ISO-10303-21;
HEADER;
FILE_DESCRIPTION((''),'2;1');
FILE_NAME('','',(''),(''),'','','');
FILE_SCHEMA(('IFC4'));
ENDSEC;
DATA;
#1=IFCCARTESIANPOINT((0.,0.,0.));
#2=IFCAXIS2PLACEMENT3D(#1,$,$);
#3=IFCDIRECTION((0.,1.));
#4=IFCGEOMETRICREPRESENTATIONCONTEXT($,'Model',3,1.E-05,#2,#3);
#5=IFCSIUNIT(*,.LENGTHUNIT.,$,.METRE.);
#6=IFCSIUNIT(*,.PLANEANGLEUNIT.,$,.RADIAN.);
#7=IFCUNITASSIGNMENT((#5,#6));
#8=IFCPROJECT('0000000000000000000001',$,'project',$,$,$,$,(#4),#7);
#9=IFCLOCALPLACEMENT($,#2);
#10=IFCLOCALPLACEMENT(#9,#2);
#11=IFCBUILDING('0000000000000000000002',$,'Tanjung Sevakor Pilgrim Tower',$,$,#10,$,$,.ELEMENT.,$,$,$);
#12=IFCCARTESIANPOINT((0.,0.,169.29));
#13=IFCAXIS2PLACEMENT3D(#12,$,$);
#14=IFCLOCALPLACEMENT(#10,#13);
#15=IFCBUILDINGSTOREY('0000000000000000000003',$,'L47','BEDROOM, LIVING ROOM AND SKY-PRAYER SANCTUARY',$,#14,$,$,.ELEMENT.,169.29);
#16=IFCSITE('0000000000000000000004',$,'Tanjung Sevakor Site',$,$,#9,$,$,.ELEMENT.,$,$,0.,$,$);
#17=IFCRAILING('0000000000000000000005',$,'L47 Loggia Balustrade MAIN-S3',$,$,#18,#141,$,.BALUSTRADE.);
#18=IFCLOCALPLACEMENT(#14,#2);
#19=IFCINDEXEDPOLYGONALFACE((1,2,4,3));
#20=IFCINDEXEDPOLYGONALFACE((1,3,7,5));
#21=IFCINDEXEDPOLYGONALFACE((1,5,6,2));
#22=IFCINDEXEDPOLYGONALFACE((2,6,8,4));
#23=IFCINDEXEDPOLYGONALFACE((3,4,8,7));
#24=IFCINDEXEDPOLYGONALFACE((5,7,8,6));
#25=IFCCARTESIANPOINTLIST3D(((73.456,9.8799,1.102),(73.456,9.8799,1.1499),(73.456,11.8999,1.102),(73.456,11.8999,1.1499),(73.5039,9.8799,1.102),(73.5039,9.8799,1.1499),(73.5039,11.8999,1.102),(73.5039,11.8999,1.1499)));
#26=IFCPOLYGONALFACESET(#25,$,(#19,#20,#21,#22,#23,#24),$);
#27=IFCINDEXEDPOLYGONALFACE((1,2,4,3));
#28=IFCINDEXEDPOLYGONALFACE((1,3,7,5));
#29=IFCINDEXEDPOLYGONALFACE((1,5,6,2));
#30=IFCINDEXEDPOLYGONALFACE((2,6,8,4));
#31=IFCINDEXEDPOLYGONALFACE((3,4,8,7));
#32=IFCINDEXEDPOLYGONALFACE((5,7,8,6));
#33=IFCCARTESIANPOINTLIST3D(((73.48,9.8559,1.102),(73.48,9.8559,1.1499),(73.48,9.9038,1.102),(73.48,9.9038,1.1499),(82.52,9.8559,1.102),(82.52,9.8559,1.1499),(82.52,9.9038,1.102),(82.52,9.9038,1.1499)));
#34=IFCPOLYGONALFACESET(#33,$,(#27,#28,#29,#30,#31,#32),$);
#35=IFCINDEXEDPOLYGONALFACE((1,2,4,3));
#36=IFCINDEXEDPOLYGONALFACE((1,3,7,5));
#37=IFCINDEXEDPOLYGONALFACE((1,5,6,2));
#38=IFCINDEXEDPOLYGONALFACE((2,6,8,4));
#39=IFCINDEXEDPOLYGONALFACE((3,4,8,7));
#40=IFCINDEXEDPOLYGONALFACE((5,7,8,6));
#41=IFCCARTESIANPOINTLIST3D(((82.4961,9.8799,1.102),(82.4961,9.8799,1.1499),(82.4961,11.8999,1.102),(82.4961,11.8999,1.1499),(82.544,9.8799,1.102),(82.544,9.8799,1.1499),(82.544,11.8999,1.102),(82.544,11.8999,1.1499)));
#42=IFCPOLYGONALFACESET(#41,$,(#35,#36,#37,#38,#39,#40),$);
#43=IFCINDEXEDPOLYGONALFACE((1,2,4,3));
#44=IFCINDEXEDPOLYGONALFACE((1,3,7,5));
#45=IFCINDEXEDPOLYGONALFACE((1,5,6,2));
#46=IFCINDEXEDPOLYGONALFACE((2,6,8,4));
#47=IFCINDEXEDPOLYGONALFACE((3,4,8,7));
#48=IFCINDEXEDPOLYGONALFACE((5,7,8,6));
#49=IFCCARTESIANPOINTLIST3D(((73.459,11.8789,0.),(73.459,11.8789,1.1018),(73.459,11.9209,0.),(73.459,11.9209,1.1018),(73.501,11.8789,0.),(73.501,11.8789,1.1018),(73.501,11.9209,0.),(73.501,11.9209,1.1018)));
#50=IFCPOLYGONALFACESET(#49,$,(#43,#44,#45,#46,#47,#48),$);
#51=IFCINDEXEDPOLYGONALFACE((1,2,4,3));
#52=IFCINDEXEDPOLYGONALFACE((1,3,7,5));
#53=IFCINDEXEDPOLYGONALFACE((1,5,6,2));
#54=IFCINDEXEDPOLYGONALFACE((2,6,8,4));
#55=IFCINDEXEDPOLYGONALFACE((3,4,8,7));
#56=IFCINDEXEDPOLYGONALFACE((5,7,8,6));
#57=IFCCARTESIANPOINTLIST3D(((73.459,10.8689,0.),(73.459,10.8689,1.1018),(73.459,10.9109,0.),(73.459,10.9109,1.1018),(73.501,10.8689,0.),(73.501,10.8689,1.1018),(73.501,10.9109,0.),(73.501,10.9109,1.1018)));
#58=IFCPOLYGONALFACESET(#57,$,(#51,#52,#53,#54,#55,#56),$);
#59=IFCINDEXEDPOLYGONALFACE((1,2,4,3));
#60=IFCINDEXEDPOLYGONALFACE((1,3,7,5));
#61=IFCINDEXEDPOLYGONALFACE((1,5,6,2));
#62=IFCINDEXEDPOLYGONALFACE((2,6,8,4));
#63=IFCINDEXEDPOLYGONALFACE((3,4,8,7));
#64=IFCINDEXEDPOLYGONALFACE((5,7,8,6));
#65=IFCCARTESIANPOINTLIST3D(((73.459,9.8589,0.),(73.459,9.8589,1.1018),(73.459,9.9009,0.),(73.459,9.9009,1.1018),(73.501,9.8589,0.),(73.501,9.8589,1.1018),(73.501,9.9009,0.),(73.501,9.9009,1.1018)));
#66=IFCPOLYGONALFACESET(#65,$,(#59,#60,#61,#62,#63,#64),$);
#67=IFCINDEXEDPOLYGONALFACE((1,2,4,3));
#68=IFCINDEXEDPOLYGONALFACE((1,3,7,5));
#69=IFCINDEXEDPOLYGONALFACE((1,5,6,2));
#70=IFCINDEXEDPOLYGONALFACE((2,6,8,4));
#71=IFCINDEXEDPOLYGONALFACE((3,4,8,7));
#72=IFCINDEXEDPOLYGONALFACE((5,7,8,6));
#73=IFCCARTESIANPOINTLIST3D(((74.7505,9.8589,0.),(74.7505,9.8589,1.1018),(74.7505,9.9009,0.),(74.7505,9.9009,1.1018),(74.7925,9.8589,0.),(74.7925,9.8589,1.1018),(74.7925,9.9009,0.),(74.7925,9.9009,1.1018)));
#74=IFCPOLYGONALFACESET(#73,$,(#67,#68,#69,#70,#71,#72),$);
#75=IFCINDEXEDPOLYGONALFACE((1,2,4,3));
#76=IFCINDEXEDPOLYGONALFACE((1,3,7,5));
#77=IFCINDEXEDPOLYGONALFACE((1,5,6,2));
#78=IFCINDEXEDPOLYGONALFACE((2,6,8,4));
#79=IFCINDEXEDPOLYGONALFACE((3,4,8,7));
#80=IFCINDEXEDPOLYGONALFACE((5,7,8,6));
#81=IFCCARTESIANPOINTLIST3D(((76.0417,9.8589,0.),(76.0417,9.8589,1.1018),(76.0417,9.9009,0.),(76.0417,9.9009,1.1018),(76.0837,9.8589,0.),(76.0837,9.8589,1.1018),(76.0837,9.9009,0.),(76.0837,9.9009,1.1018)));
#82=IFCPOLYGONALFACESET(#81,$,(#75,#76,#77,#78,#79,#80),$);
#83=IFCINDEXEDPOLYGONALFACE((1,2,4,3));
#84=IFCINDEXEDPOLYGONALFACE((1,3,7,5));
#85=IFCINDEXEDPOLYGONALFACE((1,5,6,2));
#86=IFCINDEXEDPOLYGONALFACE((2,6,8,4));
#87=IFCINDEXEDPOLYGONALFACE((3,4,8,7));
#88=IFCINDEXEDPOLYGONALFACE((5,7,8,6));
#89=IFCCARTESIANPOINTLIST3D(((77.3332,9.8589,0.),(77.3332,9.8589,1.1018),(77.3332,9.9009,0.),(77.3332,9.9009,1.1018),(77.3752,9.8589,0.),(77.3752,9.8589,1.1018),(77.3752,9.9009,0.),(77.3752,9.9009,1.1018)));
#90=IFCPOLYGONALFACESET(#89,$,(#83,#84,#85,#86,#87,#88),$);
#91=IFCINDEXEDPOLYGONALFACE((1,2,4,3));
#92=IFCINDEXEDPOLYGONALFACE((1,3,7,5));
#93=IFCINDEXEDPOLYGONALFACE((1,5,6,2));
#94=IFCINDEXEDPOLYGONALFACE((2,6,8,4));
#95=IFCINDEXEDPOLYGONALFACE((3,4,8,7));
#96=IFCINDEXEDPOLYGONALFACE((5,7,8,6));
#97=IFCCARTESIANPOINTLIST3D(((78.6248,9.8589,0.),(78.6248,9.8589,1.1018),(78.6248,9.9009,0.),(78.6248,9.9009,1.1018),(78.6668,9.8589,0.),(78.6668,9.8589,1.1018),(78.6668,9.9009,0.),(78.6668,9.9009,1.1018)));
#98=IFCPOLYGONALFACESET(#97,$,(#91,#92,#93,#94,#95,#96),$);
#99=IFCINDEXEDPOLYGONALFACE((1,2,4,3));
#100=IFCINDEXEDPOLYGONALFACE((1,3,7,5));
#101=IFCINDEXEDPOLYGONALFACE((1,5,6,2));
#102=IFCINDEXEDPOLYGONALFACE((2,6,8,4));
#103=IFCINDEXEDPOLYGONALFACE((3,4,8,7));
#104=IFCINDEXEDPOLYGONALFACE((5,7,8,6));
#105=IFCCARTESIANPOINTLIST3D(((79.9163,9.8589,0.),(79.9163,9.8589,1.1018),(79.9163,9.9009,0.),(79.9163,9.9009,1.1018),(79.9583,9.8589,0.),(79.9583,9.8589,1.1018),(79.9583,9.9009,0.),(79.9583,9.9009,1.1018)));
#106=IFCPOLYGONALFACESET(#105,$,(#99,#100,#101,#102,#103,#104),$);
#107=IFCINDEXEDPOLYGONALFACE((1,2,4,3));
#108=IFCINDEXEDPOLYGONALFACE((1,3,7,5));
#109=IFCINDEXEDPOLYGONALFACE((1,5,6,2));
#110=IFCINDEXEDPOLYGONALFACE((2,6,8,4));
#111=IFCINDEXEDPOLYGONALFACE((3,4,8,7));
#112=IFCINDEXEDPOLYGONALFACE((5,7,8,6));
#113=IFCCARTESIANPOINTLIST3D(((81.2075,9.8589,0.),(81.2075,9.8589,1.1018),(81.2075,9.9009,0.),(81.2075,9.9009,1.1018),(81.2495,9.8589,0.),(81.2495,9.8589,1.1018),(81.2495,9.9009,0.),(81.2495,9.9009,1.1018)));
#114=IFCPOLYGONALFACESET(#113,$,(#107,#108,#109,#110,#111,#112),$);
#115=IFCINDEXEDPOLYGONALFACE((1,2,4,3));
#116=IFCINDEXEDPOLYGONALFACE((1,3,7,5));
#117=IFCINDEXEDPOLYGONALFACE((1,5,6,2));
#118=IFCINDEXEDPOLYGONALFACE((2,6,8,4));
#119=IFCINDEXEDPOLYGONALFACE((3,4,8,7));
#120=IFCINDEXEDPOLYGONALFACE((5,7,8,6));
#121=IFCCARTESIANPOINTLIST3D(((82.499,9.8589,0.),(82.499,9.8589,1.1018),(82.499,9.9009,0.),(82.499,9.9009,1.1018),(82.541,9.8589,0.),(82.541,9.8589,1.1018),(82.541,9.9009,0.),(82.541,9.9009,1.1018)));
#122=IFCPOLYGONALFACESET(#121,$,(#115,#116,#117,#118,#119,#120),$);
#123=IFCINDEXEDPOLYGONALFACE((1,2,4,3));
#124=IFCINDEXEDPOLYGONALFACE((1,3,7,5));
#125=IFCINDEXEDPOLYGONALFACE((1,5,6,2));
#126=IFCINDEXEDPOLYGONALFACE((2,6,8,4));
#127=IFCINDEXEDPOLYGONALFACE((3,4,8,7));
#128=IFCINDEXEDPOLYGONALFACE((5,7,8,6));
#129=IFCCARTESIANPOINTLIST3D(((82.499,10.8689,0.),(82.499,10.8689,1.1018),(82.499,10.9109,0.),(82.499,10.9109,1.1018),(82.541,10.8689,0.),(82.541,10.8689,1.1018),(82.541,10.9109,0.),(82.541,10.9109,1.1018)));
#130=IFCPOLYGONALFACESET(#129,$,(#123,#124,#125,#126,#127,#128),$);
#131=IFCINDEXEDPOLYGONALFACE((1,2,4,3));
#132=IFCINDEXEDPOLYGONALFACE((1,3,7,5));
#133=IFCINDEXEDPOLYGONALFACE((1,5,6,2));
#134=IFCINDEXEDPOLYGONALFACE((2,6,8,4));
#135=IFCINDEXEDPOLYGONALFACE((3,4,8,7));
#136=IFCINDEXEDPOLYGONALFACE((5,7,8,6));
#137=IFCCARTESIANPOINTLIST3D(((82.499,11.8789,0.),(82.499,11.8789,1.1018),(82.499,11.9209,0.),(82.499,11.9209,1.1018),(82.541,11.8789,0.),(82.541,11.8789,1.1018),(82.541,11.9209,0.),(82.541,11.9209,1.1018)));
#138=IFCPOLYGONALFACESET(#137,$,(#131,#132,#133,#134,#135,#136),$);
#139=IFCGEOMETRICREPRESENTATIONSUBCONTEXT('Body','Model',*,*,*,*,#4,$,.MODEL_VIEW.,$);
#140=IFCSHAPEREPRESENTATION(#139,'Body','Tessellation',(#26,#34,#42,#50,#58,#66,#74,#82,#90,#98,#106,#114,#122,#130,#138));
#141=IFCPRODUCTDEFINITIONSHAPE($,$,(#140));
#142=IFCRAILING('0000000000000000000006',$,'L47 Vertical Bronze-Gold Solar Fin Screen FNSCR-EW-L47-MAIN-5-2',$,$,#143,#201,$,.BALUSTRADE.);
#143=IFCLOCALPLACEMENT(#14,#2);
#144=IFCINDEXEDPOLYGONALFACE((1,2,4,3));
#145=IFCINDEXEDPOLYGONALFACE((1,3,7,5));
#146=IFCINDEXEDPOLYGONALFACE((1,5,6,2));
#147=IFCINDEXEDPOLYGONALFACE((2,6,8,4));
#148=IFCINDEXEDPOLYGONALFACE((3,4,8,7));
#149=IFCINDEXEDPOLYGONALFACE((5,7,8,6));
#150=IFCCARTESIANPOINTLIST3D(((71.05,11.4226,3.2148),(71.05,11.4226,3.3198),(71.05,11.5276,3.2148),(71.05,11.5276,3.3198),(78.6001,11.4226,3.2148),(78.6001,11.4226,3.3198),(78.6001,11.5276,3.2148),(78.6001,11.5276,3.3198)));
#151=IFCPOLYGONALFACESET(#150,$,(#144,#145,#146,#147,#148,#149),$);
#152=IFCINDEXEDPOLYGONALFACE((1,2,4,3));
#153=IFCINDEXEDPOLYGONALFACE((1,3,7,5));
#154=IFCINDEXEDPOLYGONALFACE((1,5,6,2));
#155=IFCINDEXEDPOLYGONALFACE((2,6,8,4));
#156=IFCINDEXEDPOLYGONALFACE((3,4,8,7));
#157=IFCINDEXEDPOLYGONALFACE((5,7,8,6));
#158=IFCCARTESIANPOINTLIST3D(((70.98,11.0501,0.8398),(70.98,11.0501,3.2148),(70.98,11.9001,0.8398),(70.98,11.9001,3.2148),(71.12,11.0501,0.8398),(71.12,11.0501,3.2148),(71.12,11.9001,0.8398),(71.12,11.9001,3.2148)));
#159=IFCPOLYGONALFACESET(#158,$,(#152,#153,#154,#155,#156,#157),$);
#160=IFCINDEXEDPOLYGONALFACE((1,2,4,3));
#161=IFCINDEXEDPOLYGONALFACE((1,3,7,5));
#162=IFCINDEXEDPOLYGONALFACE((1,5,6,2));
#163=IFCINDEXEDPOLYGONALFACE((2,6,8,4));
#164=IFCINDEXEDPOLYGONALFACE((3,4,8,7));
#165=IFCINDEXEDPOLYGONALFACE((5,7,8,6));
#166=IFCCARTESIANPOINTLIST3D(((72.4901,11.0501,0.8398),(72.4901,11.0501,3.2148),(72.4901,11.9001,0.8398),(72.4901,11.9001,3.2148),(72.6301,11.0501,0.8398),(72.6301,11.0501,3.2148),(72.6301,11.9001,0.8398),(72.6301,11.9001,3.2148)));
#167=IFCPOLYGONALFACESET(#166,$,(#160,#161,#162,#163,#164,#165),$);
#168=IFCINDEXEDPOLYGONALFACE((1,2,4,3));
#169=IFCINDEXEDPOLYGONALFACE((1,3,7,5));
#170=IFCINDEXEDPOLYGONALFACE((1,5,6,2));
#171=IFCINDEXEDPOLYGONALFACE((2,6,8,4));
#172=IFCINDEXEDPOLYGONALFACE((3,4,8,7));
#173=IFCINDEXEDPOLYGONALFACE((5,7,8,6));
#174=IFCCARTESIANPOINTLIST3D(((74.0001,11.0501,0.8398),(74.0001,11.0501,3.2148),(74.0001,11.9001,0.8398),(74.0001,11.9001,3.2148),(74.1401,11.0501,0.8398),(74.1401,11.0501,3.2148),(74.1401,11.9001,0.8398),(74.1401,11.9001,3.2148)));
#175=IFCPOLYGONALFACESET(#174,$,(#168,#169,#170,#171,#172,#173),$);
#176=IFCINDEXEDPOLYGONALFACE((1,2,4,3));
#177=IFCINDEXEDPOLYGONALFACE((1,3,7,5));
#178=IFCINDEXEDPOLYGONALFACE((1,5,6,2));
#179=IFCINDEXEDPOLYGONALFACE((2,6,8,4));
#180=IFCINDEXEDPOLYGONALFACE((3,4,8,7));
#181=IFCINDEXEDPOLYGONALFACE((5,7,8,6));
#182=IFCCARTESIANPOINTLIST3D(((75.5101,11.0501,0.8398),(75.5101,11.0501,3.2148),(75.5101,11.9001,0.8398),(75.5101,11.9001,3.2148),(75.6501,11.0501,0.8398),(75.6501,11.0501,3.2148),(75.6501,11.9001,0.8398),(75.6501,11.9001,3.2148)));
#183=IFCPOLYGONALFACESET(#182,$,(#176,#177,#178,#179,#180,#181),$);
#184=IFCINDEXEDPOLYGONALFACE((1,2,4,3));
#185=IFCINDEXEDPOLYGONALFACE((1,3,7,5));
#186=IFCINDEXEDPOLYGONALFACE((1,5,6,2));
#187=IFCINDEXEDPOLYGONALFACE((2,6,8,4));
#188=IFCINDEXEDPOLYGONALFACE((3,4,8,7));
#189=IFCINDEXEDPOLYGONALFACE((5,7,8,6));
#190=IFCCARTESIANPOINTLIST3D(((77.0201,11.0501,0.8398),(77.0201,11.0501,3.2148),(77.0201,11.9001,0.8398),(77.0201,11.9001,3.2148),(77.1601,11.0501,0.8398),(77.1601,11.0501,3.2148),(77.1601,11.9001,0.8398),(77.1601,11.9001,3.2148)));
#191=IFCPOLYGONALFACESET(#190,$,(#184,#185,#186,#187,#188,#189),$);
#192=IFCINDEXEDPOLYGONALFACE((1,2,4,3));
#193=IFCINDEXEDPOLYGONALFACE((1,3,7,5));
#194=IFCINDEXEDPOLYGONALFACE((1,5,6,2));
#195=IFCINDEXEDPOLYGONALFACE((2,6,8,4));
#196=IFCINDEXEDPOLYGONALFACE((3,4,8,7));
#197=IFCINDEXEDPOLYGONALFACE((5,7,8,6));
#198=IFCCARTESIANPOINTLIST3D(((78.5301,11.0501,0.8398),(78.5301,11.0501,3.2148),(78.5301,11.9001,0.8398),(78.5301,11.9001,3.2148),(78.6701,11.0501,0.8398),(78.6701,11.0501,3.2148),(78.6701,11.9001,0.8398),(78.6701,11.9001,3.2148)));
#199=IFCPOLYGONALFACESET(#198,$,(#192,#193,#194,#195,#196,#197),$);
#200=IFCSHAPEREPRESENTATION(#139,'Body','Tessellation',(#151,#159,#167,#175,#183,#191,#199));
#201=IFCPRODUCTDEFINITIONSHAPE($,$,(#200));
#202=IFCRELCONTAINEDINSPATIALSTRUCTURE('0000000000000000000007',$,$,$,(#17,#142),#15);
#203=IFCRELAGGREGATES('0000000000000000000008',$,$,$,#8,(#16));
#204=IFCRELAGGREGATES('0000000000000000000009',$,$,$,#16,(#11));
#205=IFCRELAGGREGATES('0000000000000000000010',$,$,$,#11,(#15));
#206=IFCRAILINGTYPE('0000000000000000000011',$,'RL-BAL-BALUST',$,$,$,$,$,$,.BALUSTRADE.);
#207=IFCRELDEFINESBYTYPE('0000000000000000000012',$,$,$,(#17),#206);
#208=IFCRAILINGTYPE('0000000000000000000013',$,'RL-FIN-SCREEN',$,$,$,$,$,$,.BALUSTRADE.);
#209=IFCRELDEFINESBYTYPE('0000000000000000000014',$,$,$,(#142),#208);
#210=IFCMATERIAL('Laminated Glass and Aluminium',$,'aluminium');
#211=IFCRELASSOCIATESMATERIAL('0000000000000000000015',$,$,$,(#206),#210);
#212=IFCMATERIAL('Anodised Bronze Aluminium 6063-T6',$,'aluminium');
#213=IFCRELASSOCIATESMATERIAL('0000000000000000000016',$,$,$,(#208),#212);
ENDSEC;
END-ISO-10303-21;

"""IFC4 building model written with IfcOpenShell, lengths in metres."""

from ifc_helpers import new_model, si_unit, direction, frame, origin, place, context, subcontext, project, spatial, rectangle, extrude, material, type_object, element, save


model = new_model("IFC4")

# Units and contexts
model_context = context("Model", 3, precision=1e-05, world=origin(), true_north=direction((0.0, 1.0)))
body_context = subcontext(model_context, "Body", "Model", "MODEL_VIEW")
ifc_project = project(units=[si_unit("LENGTHUNIT", "METRE"), si_unit("PLANEANGLEUNIT", "RADIAN")], contexts=[model_context])

# Site, building, storey
site_placement = place(None, origin())
site = spatial("IfcSite", under=ifc_project, at=site_placement, Name="Tanjung Sevakor Site", CompositionType="ELEMENT", RefElevation=0.0)
building_placement = place(site_placement, origin())
building = spatial("IfcBuilding", under=site, at=building_placement, Name="Tanjung Sevakor Pilgrim Tower", CompositionType="ELEMENT")
storey_placement = place(building_placement, frame((0.0, 0.0, 169.29)))
storey = spatial("IfcBuildingStorey", under=building, at=storey_placement, Name="L47", Description="BEDROOM, LIVING ROOM AND SKY-PRAYER SANCTUARY", CompositionType="ELEMENT", Elevation=169.29)

# Railings
ifc_material_1 = material(Name="Laminated Glass and Aluminium", Category="aluminium")
railing_type_1 = type_object("IfcRailingType", Name="RL-BAL-BALUST", PredefinedType="BALUSTRADE", material=ifc_material_1)
railing_1_placement = place(storey_placement, frame((73.48, 11.8999, 0.0)))
element("IfcRailing", 1, at=railing_1_placement, inside=storey, type_object=railing_type_1, Name="L47 Loggia Balustrade MAIN-S3", PredefinedType="BALUSTRADE", context=body_context, shape_type="SweptSolid", body=[
    extrude(rectangle(XDim=0.0479, YDim=0.0479), frame((0.0, 0.0, 1.126), z_axis=(0.0, -1.0, 0.0), x_axis=(1.0, 0.0, 0.0)), (0.0, 0.0, 1.0), 2.02),
    extrude(rectangle(XDim=0.0479, YDim=0.0479), frame((0.0, -2.02, 1.126), z_axis=(1.0, 0.0, 0.0), x_axis=(0.0, 1.0, 0.0)), (0.0, 0.0, 1.0), 9.04),
    extrude(rectangle(XDim=0.0479, YDim=0.0479), frame((9.04, -2.02, 1.126), z_axis=(0.0, 1.0, 0.0), x_axis=(-1.0, 0.0, 0.0)), (0.0, 0.0, 1.0), 2.02),
    extrude(rectangle(XDim=0.042, YDim=0.042), origin(), (0.0, 0.0, 1.0), 1.1018),
    extrude(rectangle(XDim=0.042, YDim=0.042), frame((0.0, -1.01, 0.0)), (0.0, 0.0, 1.0), 1.1018),
    extrude(rectangle(XDim=0.042, YDim=0.042), frame((0.0, -2.02, 0.0)), (0.0, 0.0, 1.0), 1.1018),
    extrude(rectangle(XDim=0.042, YDim=0.042), frame((1.2915, -2.02, 0.0)), (0.0, 0.0, 1.0), 1.1018),
    extrude(rectangle(XDim=0.042, YDim=0.042), frame((2.5828, -2.02, 0.0)), (0.0, 0.0, 1.0), 1.1018),
    extrude(rectangle(XDim=0.042, YDim=0.042), frame((3.8743, -2.02, 0.0)), (0.0, 0.0, 1.0), 1.1018),
    extrude(rectangle(XDim=0.042, YDim=0.042), frame((5.1658, -2.02, 0.0)), (0.0, 0.0, 1.0), 1.1018),
    extrude(rectangle(XDim=0.042, YDim=0.042), frame((6.4573, -2.02, 0.0)), (0.0, 0.0, 1.0), 1.1018),
    extrude(rectangle(XDim=0.042, YDim=0.042), frame((7.7485, -2.02, 0.0)), (0.0, 0.0, 1.0), 1.1018),
    extrude(rectangle(XDim=0.042, YDim=0.042), frame((9.04, -2.02, 0.0)), (0.0, 0.0, 1.0), 1.1018),
    extrude(rectangle(XDim=0.042, YDim=0.042), frame((9.04, -1.01, 0.0)), (0.0, 0.0, 1.0), 1.1018),
    extrude(rectangle(XDim=0.042, YDim=0.042), frame((9.04, 0.0, 0.0)), (0.0, 0.0, 1.0), 1.1018),
])
ifc_material_2 = material(Name="Anodised Bronze Aluminium 6063-T6", Category="aluminium")
railing_type_2 = type_object("IfcRailingType", Name="RL-FIN-SCREEN", PredefinedType="BALUSTRADE", material=ifc_material_2)
railing_2_placement = place(storey_placement, frame((71.05, 11.4751, 0.8398)))
element("IfcRailing", 2, at=railing_2_placement, inside=storey, type_object=railing_type_2, Name="L47 Vertical Bronze-Gold Solar Fin Screen FNSCR-EW-L47-MAIN-5-2", PredefinedType="BALUSTRADE", context=body_context, shape_type="SweptSolid", body=[
    extrude(rectangle(XDim=0.105, YDim=0.105), frame((0.0, 0.0, 2.4275), z_axis=(1.0, 0.0, 0.0), x_axis=(0.0, 1.0, 0.0)), (0.0, 0.0, 1.0), 7.55),
    extrude(rectangle(XDim=0.14, YDim=0.85), origin(), (0.0, 0.0, 1.0), 2.375),
    extrude(rectangle(XDim=0.14, YDim=0.85), frame((1.51, 0.0, 0.0)), (0.0, 0.0, 1.0), 2.375),
    extrude(rectangle(XDim=0.14, YDim=0.85), frame((3.02, 0.0, 0.0)), (0.0, 0.0, 1.0), 2.375),
    extrude(rectangle(XDim=0.14, YDim=0.85), frame((4.53, 0.0, 0.0)), (0.0, 0.0, 1.0), 2.375),
    extrude(rectangle(XDim=0.14, YDim=0.85), frame((6.04, 0.0, 0.0)), (0.0, 0.0, 1.0), 2.375),
    extrude(rectangle(XDim=0.14, YDim=0.85), frame((7.55, 0.0, 0.0)), (0.0, 0.0, 1.0), 2.375),
])

save(model, "model.ifc")
